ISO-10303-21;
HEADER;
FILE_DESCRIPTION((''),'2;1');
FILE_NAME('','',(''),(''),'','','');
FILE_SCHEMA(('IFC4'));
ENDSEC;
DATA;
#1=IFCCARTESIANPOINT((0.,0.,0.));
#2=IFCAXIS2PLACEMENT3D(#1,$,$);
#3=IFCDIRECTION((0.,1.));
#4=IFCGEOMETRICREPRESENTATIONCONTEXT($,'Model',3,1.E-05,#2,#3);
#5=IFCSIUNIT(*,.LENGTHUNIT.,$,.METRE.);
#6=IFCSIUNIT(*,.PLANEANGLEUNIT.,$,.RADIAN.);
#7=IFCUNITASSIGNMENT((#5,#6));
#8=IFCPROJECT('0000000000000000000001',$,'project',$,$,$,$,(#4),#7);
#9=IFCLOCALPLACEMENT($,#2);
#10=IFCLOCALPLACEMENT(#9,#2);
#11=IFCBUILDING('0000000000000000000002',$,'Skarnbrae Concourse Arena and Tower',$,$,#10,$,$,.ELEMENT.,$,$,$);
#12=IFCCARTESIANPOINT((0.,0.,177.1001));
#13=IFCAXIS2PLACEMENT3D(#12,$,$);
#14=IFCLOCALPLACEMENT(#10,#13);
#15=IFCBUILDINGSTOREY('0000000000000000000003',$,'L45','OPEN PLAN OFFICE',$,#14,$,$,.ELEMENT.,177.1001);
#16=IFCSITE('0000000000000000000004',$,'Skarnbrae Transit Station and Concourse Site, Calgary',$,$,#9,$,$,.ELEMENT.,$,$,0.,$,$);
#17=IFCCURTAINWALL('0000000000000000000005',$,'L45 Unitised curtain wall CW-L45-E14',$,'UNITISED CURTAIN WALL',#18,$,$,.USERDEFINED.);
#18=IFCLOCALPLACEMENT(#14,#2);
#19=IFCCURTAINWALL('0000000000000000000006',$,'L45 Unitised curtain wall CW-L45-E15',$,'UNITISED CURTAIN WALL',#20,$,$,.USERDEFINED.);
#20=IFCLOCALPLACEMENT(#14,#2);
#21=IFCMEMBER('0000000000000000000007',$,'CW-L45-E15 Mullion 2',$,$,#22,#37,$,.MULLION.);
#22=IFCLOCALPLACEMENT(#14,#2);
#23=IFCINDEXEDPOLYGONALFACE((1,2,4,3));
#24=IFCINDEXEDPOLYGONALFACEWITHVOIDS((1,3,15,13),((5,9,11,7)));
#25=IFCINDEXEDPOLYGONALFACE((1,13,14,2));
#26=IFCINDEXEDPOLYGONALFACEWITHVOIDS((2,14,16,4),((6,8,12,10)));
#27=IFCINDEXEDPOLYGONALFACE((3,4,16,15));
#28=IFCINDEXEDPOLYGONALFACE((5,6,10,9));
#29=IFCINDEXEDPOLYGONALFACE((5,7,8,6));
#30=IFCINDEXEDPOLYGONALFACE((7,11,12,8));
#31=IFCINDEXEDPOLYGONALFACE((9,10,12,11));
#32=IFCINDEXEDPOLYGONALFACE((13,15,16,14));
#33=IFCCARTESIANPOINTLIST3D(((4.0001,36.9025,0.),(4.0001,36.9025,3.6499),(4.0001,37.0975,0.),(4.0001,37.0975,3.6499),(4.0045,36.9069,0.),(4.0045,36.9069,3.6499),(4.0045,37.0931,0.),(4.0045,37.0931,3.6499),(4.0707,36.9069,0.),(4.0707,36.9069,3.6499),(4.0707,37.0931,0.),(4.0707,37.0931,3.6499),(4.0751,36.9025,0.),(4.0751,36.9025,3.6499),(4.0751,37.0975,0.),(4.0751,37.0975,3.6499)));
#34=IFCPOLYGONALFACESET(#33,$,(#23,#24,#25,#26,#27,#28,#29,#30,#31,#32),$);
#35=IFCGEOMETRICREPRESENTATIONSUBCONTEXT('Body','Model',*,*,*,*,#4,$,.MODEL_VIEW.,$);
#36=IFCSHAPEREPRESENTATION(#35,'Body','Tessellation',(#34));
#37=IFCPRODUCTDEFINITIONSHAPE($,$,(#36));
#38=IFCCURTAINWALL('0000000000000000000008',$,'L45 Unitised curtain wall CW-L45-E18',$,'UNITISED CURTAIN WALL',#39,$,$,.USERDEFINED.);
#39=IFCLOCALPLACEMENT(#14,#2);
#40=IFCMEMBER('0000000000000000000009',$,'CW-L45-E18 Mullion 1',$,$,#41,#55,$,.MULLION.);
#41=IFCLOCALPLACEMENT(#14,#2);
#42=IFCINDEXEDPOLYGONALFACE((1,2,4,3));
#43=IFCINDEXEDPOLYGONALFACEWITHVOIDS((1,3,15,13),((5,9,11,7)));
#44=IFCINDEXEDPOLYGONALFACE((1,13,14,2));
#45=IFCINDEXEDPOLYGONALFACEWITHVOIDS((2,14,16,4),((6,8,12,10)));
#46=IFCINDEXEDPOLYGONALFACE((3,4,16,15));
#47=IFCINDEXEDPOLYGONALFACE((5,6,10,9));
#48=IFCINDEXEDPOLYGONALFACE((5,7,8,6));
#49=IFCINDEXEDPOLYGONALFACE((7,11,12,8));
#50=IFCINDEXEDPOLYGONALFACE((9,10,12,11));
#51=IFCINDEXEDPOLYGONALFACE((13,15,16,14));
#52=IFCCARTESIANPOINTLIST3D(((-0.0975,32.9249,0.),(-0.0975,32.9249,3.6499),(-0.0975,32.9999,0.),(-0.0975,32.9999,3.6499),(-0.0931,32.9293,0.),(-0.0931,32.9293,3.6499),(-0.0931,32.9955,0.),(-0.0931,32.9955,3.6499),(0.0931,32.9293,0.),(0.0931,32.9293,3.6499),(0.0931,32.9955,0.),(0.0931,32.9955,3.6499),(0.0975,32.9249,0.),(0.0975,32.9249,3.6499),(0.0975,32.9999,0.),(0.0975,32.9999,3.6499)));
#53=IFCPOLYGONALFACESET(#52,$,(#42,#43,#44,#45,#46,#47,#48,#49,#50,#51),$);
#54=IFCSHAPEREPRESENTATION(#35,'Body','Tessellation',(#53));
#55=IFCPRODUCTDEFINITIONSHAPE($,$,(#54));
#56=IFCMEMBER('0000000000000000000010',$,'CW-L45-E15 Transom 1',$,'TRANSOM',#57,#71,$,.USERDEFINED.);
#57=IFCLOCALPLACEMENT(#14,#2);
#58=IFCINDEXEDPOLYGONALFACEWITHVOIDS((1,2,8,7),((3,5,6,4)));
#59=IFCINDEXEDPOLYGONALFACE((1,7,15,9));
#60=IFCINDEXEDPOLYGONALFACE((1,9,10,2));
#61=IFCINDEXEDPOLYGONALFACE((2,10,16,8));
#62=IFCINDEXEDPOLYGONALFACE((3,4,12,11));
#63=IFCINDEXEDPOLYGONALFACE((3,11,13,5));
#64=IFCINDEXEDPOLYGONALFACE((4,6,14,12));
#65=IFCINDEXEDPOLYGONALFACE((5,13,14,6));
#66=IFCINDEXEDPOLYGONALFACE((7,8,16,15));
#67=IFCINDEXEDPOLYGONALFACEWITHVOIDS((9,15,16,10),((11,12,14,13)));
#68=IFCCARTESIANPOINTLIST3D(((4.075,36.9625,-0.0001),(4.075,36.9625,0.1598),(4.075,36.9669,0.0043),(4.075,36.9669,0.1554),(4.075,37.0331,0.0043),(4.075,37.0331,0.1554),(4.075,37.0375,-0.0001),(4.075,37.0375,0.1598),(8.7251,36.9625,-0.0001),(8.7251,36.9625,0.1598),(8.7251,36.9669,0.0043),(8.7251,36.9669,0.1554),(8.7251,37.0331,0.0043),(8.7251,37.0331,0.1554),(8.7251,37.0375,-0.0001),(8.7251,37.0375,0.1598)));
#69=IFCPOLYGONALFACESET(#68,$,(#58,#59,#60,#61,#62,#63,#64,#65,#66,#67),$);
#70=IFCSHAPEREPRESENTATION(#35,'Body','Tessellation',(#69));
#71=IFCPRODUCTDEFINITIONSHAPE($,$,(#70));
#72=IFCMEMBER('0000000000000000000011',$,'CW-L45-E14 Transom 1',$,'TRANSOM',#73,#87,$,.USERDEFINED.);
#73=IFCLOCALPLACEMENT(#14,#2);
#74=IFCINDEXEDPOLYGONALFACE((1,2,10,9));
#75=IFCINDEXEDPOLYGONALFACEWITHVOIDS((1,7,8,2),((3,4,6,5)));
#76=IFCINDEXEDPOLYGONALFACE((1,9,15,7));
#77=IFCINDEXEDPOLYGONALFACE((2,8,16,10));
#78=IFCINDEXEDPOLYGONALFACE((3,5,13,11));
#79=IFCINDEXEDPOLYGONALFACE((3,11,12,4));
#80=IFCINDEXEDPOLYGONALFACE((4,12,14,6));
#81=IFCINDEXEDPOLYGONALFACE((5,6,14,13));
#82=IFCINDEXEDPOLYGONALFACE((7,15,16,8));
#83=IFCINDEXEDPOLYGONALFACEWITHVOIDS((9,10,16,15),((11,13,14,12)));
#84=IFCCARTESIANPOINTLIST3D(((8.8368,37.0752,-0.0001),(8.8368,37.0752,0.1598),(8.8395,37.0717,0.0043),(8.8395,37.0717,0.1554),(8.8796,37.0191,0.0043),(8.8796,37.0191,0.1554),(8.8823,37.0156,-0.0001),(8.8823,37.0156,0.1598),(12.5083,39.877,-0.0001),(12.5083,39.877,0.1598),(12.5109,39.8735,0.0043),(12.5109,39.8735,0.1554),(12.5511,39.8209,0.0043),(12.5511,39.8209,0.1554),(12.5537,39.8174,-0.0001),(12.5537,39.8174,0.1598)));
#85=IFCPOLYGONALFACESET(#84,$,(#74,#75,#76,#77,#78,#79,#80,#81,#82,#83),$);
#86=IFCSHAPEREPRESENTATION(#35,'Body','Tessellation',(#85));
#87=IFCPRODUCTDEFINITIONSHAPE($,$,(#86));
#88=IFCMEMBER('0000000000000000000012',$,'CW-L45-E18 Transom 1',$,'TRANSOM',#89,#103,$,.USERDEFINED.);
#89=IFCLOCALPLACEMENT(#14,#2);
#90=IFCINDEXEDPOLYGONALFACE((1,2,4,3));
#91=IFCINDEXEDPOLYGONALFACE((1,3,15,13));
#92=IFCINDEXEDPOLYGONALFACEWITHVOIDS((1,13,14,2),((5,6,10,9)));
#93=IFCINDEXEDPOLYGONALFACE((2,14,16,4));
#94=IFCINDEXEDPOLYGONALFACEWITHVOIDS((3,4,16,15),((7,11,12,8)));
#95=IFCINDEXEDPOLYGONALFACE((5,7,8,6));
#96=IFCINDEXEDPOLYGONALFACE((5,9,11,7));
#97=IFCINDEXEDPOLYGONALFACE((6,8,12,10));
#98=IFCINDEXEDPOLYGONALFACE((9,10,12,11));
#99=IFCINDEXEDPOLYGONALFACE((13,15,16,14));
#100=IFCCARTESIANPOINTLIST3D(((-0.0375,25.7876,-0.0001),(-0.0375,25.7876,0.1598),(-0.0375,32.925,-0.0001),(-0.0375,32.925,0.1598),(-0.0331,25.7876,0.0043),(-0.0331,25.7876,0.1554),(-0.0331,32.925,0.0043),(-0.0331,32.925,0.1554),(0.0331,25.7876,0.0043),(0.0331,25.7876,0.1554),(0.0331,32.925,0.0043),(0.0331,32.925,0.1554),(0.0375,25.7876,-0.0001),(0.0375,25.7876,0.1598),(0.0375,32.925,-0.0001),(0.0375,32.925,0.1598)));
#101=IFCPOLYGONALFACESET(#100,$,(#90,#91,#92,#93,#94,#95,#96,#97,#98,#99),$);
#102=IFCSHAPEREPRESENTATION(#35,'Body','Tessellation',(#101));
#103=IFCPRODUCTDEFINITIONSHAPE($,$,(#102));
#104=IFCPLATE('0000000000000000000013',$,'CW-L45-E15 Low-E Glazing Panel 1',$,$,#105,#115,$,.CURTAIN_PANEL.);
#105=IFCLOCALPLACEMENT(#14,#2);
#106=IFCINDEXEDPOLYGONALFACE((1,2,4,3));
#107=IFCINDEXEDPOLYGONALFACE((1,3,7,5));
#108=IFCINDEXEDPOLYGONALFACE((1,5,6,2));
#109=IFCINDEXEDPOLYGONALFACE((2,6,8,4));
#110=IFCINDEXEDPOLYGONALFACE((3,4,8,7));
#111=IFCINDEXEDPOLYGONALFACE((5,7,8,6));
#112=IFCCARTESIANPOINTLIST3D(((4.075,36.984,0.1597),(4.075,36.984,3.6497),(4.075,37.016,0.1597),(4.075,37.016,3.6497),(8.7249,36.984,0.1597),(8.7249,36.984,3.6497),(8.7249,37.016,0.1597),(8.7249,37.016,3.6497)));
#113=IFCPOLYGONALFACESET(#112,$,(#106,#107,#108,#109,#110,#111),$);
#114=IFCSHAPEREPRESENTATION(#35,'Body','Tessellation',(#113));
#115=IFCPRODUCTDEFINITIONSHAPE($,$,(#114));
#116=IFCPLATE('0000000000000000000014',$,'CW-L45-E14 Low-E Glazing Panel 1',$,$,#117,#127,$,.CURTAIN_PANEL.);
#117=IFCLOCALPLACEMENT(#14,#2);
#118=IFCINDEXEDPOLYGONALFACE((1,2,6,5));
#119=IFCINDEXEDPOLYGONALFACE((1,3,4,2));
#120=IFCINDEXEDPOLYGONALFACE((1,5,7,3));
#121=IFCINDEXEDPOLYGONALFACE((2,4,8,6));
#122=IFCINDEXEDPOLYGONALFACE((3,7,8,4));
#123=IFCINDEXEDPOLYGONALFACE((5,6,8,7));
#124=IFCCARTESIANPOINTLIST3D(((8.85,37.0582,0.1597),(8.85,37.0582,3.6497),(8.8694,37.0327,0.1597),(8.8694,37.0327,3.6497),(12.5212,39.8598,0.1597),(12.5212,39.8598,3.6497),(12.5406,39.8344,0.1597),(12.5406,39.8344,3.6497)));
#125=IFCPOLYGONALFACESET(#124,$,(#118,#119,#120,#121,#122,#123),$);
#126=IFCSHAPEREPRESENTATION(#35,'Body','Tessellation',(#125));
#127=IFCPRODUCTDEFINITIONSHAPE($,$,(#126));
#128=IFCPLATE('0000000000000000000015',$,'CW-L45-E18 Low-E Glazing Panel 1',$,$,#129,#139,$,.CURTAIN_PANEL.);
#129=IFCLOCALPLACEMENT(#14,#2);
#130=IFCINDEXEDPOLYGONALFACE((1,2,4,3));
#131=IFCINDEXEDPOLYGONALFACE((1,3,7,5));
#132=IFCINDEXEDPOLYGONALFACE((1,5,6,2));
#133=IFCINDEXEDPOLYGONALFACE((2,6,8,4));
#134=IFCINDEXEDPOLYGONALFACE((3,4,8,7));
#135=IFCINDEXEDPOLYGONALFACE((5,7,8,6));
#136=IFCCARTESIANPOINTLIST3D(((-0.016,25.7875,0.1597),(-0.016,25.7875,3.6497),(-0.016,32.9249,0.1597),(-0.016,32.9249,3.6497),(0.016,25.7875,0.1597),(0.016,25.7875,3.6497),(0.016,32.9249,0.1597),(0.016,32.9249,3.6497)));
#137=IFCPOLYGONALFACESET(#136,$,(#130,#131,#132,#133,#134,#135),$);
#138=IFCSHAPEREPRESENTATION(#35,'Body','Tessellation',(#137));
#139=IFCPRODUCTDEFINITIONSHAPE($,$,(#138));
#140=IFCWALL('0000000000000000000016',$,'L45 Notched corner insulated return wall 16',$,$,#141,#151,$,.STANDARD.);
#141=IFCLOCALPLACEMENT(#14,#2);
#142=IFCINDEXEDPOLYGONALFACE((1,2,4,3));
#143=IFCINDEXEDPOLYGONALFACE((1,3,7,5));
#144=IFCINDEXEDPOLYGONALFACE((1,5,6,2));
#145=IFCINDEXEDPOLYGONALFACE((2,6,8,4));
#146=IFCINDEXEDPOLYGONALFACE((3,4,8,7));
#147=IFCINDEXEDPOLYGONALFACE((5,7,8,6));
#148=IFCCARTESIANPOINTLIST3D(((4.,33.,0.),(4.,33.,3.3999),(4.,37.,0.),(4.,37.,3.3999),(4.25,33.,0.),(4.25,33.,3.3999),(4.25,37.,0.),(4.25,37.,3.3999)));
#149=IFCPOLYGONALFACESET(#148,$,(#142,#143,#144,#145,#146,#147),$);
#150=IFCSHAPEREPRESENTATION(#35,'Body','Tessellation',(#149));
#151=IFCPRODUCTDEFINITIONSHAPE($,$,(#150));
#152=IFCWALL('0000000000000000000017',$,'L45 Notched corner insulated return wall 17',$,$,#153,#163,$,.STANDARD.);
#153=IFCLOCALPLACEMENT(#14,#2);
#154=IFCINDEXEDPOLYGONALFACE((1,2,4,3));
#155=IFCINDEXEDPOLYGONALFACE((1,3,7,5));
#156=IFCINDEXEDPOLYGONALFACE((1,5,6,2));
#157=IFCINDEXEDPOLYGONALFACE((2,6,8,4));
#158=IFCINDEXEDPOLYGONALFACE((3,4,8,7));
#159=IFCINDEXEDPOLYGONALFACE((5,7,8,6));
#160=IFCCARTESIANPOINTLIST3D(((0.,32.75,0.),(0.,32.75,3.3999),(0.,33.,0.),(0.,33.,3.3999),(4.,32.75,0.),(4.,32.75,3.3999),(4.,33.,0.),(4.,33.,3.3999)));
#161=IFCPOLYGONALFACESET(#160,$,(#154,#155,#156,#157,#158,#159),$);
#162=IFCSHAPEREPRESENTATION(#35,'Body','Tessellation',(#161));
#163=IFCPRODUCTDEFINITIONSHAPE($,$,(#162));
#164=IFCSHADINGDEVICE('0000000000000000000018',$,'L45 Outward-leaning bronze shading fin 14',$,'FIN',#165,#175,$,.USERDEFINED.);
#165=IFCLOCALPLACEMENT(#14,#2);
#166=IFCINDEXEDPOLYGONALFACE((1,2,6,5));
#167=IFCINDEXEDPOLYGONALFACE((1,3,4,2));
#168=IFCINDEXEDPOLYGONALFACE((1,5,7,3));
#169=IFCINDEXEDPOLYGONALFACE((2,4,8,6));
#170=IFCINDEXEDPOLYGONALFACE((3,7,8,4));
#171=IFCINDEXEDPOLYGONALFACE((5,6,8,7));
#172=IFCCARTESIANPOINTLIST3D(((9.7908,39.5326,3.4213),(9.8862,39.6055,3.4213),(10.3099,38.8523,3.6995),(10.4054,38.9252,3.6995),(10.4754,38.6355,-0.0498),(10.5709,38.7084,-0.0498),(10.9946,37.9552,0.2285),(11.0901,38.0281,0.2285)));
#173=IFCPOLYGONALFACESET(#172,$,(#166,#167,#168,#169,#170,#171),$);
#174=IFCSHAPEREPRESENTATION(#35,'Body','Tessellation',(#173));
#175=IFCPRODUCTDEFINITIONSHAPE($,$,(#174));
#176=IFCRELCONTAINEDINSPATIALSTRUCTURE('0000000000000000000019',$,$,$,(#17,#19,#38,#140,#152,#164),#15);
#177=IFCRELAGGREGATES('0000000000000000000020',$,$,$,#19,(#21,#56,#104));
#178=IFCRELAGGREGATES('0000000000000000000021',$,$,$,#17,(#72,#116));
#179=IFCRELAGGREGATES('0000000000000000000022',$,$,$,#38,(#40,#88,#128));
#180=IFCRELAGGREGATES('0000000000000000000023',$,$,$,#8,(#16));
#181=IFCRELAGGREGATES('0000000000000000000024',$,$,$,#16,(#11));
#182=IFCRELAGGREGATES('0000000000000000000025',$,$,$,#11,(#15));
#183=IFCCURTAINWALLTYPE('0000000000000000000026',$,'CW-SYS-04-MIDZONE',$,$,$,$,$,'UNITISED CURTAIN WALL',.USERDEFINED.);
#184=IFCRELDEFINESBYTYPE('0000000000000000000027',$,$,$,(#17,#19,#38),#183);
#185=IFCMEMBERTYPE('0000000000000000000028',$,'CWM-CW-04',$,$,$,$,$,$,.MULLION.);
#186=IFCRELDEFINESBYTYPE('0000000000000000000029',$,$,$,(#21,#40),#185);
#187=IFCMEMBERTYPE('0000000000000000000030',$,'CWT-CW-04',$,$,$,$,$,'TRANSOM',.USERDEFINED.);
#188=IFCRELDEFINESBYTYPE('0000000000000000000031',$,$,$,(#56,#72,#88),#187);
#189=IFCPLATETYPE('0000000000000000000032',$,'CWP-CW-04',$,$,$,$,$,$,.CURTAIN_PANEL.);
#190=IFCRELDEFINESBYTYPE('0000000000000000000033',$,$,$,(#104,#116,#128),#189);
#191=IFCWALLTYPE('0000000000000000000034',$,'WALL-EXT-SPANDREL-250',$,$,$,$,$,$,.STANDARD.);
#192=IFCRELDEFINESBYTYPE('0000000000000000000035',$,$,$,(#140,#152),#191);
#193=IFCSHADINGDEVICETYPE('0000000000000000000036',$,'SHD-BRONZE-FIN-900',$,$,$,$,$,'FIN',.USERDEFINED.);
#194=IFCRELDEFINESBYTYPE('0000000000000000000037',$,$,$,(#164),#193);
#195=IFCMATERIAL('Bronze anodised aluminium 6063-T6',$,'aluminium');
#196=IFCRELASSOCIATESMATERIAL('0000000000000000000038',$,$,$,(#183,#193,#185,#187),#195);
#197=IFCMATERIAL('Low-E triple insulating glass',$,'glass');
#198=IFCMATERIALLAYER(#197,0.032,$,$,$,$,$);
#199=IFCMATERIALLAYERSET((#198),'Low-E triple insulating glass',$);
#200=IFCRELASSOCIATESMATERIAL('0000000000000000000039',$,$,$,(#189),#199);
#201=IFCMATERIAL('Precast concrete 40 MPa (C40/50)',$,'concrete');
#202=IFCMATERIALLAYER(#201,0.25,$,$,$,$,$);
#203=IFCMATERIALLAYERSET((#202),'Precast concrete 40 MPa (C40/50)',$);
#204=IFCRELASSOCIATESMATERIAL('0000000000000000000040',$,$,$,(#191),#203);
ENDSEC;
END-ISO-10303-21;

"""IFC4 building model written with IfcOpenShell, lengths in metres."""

from ifc_helpers import new_model, si_unit, direction, frame, frame_2d, origin, origin_2d, place, context, subcontext, project, spatial, rectangle, hollow_rectangle, extrude, source, transform, mapped, material, layer, layer_set, material_profile, profile_set, type_object, element, aggregate, save


model = new_model("IFC4")

# Units and contexts
model_context = context("Model", 3, precision=1e-05, world=origin(), true_north=direction((0.0, 1.0)))
body_context = subcontext(model_context, "Body", "Model", "MODEL_VIEW")
ifc_project = project(units=[si_unit("LENGTHUNIT", "METRE"), si_unit("PLANEANGLEUNIT", "RADIAN")], contexts=[model_context])

# Site, building, storey
site_placement = place(None, origin())
site = spatial("IfcSite", under=ifc_project, at=site_placement, Name="Skarnbrae Transit Station and Concourse Site, Calgary", CompositionType="ELEMENT", RefElevation=0.0)
building_placement = place(site_placement, origin())
building = spatial("IfcBuilding", under=site, at=building_placement, Name="Skarnbrae Concourse Arena and Tower", CompositionType="ELEMENT")
storey_placement = place(building_placement, frame((0.0, 0.0, 177.1001)))
storey = spatial("IfcBuildingStorey", under=building, at=storey_placement, Name="L45", Description="OPEN PLAN OFFICE", CompositionType="ELEMENT", Elevation=177.1001)

# Shared definitions
ifc_material_1 = material(Name="Bronze anodised aluminium 6063-T6", Category="aluminium")
curtain_wall_type = type_object("IfcCurtainWallType", Name="CW-SYS-04-MIDZONE", ElementType="UNITISED CURTAIN WALL", PredefinedType="USERDEFINED", material=ifc_material_1)
ifc_material_profile_1 = material_profile(ifc_material_1, hollow_rectangle(XDim=0.075, YDim=0.1951, WallThickness=0.0044, at=origin_2d()), Name="ALU-MULL-75X195")
ifc_profile_set_1 = profile_set([ifc_material_profile_1], Name="Bronze anodised aluminium 6063-T6")
member_type_1 = type_object("IfcMemberType", Name="CWM-CW-04", PredefinedType="MULLION", material=ifc_profile_set_1)
shared_shape_1 = source(origin(), body_context, "Body", "SweptSolid", [
    extrude(hollow_rectangle(XDim=0.075, YDim=0.1951, WallThickness=0.0044, at=origin_2d()), origin(), (0.0, 0.0, 1.0), 3.6499),
])

# Curtain walls, member
curtain_wall_1_placement = place(storey_placement, origin())
curtain_wall_1 = element("IfcCurtainWall", 1, at=curtain_wall_1_placement, inside=storey, type_object=curtain_wall_type, Name="L45 Unitised curtain wall CW-L45-E14", ObjectType="UNITISED CURTAIN WALL", PredefinedType="USERDEFINED")
curtain_wall_2_placement = place(storey_placement, origin())
curtain_wall_2 = element("IfcCurtainWall", 2, at=curtain_wall_2_placement, inside=storey, type_object=curtain_wall_type, Name="L45 Unitised curtain wall CW-L45-E15", ObjectType="UNITISED CURTAIN WALL", PredefinedType="USERDEFINED")
member_1_placement = place(storey_placement, frame((4.0376, 37.0, 0.0), z_axis=(0.0, 0.0, 1.0), x_axis=(-1.0, 0.0, 0.0)))
member_1 = element("IfcMember", 3, at=member_1_placement, type_object=member_type_1, Name="CW-L45-E15 Mullion 2", PredefinedType="MULLION", context=body_context, shape_type="MappedRepresentation", body=[
    mapped(shared_shape_1, transform((0.0, 0.0, 0.0))),
])

# Curtain wall, member
curtain_wall_3_placement = place(storey_placement, origin())
curtain_wall_3 = element("IfcCurtainWall", 4, at=curtain_wall_3_placement, inside=storey, type_object=curtain_wall_type, Name="L45 Unitised curtain wall CW-L45-E18", ObjectType="UNITISED CURTAIN WALL", PredefinedType="USERDEFINED")
member_2_placement = place(storey_placement, frame((0.0, 32.9624, 0.0), z_axis=(0.0, 0.0, 1.0), x_axis=(0.0, -1.0, 0.0)))
member_2 = element("IfcMember", 5, at=member_2_placement, type_object=member_type_1, Name="CW-L45-E18 Mullion 1", PredefinedType="MULLION", context=body_context, shape_type="MappedRepresentation", body=[
    mapped(shared_shape_1, transform((0.0, 0.0, 0.0))),
])

# Members
ifc_material_profile_2 = material_profile(ifc_material_1, hollow_rectangle(XDim=0.075, YDim=0.1599, WallThickness=0.0044, at=origin_2d()), Name="ALU-TRAN-75X160")
ifc_profile_set_2 = profile_set([ifc_material_profile_2], Name="Bronze anodised aluminium 6063-T6")
member_type_2 = type_object("IfcMemberType", Name="CWT-CW-04", ElementType="TRANSOM", PredefinedType="USERDEFINED", material=ifc_profile_set_2)
shared_shape_2 = source(origin(), body_context, "Body", "SweptSolid", [
    extrude(hollow_rectangle(XDim=0.075, YDim=0.1599, WallThickness=0.0044, at=origin_2d()), origin(), (0.0, 0.0, 1.0), 4.6501),
])
member_3_placement = place(storey_placement, frame((8.7251, 37.0, 0.0798), z_axis=(-1.0, 0.0, 0.0), x_axis=(0.0, -1.0, 0.0)))
member_3 = element("IfcMember", 6, at=member_3_placement, type_object=member_type_2, Name="CW-L45-E15 Transom 1", ObjectType="TRANSOM", PredefinedType="USERDEFINED", context=body_context, shape_type="MappedRepresentation", body=[
    mapped(shared_shape_2, transform((0.0, 0.0, 0.0))),
])
shared_shape_3 = source(origin(), body_context, "Body", "SweptSolid", [
    extrude(hollow_rectangle(XDim=0.075, YDim=0.1599, WallThickness=0.0044, at=origin_2d()), origin(), (0.0, 0.0, 1.0), 4.6184),
])
member_4_placement = place(storey_placement, frame((12.531, 39.8472, 0.0798), z_axis=(-0.794961, -0.606661, 0.0), x_axis=(0.606661, -0.794961, 0.0)))
member_4 = element("IfcMember", 7, at=member_4_placement, type_object=member_type_2, Name="CW-L45-E14 Transom 1", ObjectType="TRANSOM", PredefinedType="USERDEFINED", context=body_context, shape_type="MappedRepresentation", body=[
    mapped(shared_shape_3, transform((0.0, 0.0, 0.0))),
])
shared_shape_4 = source(origin(), body_context, "Body", "SweptSolid", [
    extrude(hollow_rectangle(XDim=0.075, YDim=0.1599, WallThickness=0.0044, at=origin_2d()), origin(), (0.0, 0.0, 1.0), 7.1375),
])
member_5_placement = place(storey_placement, frame((0.0, 32.925, 0.0798), z_axis=(0.0, -1.0, 0.0), x_axis=(1.0, 0.0, 0.0)))
member_5 = element("IfcMember", 8, at=member_5_placement, type_object=member_type_2, Name="CW-L45-E18 Transom 1", ObjectType="TRANSOM", PredefinedType="USERDEFINED", context=body_context, shape_type="MappedRepresentation", body=[
    mapped(shared_shape_4, transform((0.0, 0.0, 0.0))),
])

# Plates
ifc_material_2 = material(Name="Low-E triple insulating glass", Category="glass")
ifc_layer_1 = layer(ifc_material_2, 0.032)
ifc_layer_set_1 = layer_set([ifc_layer_1], Name="Low-E triple insulating glass")
plate_type = type_object("IfcPlateType", Name="CWP-CW-04", PredefinedType="CURTAIN_PANEL", material=ifc_layer_set_1)
shared_shape_5 = source(origin(), body_context, "Body", "SweptSolid", [
    extrude(rectangle(XDim=4.6499, YDim=0.032, at=origin_2d()), origin(), (0.0, 0.0, 1.0), 3.49),
])
plate_1_placement = place(storey_placement, frame((6.3999, 37.0, 0.1597), z_axis=(0.0, 0.0, 1.0), x_axis=(-1.0, 0.0, 0.0)))
plate_1 = element("IfcPlate", 9, at=plate_1_placement, type_object=plate_type, Name="CW-L45-E15 Low-E Glazing Panel 1", PredefinedType="CURTAIN_PANEL", context=body_context, shape_type="MappedRepresentation", body=[
    mapped(shared_shape_5, transform((0.0, 0.0, 0.0))),
])
aggregate(curtain_wall_2, [member_1, member_3, plate_1])
shared_shape_6 = source(origin(), body_context, "Body", "SweptSolid", [
    extrude(rectangle(XDim=4.6182, YDim=0.032, at=origin_2d()), origin(), (0.0, 0.0, 1.0), 3.49),
])
plate_2_placement = place(storey_placement, frame((10.6953, 38.4463, 0.1597), z_axis=(0.0, 0.0, 1.0), x_axis=(-0.794956, -0.606667, 0.0)))
plate_2 = element("IfcPlate", 10, at=plate_2_placement, type_object=plate_type, Name="CW-L45-E14 Low-E Glazing Panel 1", PredefinedType="CURTAIN_PANEL", context=body_context, shape_type="MappedRepresentation", body=[
    mapped(shared_shape_6, transform((0.0, 0.0, 0.0))),
])
aggregate(curtain_wall_1, [member_4, plate_2])
shared_shape_7 = source(origin(), body_context, "Body", "SweptSolid", [
    extrude(rectangle(XDim=7.1375, YDim=0.032, at=origin_2d()), origin(), (0.0, 0.0, 1.0), 3.49),
])
plate_3_placement = place(storey_placement, frame((0.0, 29.3562, 0.1597), z_axis=(0.0, 0.0, 1.0), x_axis=(0.0, -1.0, 0.0)))
plate_3 = element("IfcPlate", 11, at=plate_3_placement, type_object=plate_type, Name="CW-L45-E18 Low-E Glazing Panel 1", PredefinedType="CURTAIN_PANEL", context=body_context, shape_type="MappedRepresentation", body=[
    mapped(shared_shape_7, transform((0.0, 0.0, 0.0))),
])
aggregate(curtain_wall_3, [member_2, member_5, plate_3])

# Walls
ifc_material_3 = material(Name="Precast concrete 40 MPa (C40/50)", Category="concrete")
ifc_layer_2 = layer(ifc_material_3, 0.25)
ifc_layer_set_2 = layer_set([ifc_layer_2], Name="Precast concrete 40 MPa (C40/50)")
wall_type = type_object("IfcWallType", Name="WALL-EXT-SPANDREL-250", PredefinedType="STANDARD", material=ifc_layer_set_2)
shared_shape_8 = source(origin(), body_context, "Body", "SweptSolid", [
    extrude(rectangle(XDim=4.0, YDim=0.25, at=frame_2d((2.0, 0.0))), origin(), (0.0, 0.0, 1.0), 3.3999),
])
for number, where, z_axis, x_axis, name in (
    (12, (4.125, 37.0, 0.0), (0.0, 0.0, 1.0), (0.0, -1.0, 0.0), "L45 Notched corner insulated return wall 16"),
    (13, (4.0, 32.875, 0.0), (0.0, 0.0, 1.0), (-1.0, 0.0, 0.0), "L45 Notched corner insulated return wall 17"),
):
    element("IfcWall", number, at=place(storey_placement, frame(where, z_axis=z_axis, x_axis=x_axis)), inside=storey, type_object=wall_type, Name=name, PredefinedType="STANDARD", context=body_context, shape_type="MappedRepresentation", body=[
        mapped(shared_shape_8, transform((0.0, 0.0, 0.0))),
    ])

# Shading device
shading_device_type = type_object("IfcShadingDeviceType", Name="SHD-BRONZE-FIN-900", ElementType="FIN", PredefinedType="USERDEFINED", material=ifc_material_1)
shared_shape_9 = source(origin(), body_context, "Body", "SweptSolid", [
    extrude(rectangle(XDim=0.1201, YDim=0.8999, at=origin_2d()), origin(), (0.0, 0.0, 1.0), 3.6499),
])
shading_device_placement = place(storey_placement, frame((10.7827, 38.3318, 0.0894), z_axis=(-0.187572, 0.245787, 0.951003), x_axis=(0.794955, 0.606668, 0.0)))
element("IfcShadingDevice", 14, at=shading_device_placement, inside=storey, type_object=shading_device_type, Name="L45 Outward-leaning bronze shading fin 14", ObjectType="FIN", PredefinedType="USERDEFINED", context=body_context, shape_type="MappedRepresentation", body=[
    mapped(shared_shape_9, transform((0.0, 0.0, 0.0))),
])

save(model, "model.ifc")
